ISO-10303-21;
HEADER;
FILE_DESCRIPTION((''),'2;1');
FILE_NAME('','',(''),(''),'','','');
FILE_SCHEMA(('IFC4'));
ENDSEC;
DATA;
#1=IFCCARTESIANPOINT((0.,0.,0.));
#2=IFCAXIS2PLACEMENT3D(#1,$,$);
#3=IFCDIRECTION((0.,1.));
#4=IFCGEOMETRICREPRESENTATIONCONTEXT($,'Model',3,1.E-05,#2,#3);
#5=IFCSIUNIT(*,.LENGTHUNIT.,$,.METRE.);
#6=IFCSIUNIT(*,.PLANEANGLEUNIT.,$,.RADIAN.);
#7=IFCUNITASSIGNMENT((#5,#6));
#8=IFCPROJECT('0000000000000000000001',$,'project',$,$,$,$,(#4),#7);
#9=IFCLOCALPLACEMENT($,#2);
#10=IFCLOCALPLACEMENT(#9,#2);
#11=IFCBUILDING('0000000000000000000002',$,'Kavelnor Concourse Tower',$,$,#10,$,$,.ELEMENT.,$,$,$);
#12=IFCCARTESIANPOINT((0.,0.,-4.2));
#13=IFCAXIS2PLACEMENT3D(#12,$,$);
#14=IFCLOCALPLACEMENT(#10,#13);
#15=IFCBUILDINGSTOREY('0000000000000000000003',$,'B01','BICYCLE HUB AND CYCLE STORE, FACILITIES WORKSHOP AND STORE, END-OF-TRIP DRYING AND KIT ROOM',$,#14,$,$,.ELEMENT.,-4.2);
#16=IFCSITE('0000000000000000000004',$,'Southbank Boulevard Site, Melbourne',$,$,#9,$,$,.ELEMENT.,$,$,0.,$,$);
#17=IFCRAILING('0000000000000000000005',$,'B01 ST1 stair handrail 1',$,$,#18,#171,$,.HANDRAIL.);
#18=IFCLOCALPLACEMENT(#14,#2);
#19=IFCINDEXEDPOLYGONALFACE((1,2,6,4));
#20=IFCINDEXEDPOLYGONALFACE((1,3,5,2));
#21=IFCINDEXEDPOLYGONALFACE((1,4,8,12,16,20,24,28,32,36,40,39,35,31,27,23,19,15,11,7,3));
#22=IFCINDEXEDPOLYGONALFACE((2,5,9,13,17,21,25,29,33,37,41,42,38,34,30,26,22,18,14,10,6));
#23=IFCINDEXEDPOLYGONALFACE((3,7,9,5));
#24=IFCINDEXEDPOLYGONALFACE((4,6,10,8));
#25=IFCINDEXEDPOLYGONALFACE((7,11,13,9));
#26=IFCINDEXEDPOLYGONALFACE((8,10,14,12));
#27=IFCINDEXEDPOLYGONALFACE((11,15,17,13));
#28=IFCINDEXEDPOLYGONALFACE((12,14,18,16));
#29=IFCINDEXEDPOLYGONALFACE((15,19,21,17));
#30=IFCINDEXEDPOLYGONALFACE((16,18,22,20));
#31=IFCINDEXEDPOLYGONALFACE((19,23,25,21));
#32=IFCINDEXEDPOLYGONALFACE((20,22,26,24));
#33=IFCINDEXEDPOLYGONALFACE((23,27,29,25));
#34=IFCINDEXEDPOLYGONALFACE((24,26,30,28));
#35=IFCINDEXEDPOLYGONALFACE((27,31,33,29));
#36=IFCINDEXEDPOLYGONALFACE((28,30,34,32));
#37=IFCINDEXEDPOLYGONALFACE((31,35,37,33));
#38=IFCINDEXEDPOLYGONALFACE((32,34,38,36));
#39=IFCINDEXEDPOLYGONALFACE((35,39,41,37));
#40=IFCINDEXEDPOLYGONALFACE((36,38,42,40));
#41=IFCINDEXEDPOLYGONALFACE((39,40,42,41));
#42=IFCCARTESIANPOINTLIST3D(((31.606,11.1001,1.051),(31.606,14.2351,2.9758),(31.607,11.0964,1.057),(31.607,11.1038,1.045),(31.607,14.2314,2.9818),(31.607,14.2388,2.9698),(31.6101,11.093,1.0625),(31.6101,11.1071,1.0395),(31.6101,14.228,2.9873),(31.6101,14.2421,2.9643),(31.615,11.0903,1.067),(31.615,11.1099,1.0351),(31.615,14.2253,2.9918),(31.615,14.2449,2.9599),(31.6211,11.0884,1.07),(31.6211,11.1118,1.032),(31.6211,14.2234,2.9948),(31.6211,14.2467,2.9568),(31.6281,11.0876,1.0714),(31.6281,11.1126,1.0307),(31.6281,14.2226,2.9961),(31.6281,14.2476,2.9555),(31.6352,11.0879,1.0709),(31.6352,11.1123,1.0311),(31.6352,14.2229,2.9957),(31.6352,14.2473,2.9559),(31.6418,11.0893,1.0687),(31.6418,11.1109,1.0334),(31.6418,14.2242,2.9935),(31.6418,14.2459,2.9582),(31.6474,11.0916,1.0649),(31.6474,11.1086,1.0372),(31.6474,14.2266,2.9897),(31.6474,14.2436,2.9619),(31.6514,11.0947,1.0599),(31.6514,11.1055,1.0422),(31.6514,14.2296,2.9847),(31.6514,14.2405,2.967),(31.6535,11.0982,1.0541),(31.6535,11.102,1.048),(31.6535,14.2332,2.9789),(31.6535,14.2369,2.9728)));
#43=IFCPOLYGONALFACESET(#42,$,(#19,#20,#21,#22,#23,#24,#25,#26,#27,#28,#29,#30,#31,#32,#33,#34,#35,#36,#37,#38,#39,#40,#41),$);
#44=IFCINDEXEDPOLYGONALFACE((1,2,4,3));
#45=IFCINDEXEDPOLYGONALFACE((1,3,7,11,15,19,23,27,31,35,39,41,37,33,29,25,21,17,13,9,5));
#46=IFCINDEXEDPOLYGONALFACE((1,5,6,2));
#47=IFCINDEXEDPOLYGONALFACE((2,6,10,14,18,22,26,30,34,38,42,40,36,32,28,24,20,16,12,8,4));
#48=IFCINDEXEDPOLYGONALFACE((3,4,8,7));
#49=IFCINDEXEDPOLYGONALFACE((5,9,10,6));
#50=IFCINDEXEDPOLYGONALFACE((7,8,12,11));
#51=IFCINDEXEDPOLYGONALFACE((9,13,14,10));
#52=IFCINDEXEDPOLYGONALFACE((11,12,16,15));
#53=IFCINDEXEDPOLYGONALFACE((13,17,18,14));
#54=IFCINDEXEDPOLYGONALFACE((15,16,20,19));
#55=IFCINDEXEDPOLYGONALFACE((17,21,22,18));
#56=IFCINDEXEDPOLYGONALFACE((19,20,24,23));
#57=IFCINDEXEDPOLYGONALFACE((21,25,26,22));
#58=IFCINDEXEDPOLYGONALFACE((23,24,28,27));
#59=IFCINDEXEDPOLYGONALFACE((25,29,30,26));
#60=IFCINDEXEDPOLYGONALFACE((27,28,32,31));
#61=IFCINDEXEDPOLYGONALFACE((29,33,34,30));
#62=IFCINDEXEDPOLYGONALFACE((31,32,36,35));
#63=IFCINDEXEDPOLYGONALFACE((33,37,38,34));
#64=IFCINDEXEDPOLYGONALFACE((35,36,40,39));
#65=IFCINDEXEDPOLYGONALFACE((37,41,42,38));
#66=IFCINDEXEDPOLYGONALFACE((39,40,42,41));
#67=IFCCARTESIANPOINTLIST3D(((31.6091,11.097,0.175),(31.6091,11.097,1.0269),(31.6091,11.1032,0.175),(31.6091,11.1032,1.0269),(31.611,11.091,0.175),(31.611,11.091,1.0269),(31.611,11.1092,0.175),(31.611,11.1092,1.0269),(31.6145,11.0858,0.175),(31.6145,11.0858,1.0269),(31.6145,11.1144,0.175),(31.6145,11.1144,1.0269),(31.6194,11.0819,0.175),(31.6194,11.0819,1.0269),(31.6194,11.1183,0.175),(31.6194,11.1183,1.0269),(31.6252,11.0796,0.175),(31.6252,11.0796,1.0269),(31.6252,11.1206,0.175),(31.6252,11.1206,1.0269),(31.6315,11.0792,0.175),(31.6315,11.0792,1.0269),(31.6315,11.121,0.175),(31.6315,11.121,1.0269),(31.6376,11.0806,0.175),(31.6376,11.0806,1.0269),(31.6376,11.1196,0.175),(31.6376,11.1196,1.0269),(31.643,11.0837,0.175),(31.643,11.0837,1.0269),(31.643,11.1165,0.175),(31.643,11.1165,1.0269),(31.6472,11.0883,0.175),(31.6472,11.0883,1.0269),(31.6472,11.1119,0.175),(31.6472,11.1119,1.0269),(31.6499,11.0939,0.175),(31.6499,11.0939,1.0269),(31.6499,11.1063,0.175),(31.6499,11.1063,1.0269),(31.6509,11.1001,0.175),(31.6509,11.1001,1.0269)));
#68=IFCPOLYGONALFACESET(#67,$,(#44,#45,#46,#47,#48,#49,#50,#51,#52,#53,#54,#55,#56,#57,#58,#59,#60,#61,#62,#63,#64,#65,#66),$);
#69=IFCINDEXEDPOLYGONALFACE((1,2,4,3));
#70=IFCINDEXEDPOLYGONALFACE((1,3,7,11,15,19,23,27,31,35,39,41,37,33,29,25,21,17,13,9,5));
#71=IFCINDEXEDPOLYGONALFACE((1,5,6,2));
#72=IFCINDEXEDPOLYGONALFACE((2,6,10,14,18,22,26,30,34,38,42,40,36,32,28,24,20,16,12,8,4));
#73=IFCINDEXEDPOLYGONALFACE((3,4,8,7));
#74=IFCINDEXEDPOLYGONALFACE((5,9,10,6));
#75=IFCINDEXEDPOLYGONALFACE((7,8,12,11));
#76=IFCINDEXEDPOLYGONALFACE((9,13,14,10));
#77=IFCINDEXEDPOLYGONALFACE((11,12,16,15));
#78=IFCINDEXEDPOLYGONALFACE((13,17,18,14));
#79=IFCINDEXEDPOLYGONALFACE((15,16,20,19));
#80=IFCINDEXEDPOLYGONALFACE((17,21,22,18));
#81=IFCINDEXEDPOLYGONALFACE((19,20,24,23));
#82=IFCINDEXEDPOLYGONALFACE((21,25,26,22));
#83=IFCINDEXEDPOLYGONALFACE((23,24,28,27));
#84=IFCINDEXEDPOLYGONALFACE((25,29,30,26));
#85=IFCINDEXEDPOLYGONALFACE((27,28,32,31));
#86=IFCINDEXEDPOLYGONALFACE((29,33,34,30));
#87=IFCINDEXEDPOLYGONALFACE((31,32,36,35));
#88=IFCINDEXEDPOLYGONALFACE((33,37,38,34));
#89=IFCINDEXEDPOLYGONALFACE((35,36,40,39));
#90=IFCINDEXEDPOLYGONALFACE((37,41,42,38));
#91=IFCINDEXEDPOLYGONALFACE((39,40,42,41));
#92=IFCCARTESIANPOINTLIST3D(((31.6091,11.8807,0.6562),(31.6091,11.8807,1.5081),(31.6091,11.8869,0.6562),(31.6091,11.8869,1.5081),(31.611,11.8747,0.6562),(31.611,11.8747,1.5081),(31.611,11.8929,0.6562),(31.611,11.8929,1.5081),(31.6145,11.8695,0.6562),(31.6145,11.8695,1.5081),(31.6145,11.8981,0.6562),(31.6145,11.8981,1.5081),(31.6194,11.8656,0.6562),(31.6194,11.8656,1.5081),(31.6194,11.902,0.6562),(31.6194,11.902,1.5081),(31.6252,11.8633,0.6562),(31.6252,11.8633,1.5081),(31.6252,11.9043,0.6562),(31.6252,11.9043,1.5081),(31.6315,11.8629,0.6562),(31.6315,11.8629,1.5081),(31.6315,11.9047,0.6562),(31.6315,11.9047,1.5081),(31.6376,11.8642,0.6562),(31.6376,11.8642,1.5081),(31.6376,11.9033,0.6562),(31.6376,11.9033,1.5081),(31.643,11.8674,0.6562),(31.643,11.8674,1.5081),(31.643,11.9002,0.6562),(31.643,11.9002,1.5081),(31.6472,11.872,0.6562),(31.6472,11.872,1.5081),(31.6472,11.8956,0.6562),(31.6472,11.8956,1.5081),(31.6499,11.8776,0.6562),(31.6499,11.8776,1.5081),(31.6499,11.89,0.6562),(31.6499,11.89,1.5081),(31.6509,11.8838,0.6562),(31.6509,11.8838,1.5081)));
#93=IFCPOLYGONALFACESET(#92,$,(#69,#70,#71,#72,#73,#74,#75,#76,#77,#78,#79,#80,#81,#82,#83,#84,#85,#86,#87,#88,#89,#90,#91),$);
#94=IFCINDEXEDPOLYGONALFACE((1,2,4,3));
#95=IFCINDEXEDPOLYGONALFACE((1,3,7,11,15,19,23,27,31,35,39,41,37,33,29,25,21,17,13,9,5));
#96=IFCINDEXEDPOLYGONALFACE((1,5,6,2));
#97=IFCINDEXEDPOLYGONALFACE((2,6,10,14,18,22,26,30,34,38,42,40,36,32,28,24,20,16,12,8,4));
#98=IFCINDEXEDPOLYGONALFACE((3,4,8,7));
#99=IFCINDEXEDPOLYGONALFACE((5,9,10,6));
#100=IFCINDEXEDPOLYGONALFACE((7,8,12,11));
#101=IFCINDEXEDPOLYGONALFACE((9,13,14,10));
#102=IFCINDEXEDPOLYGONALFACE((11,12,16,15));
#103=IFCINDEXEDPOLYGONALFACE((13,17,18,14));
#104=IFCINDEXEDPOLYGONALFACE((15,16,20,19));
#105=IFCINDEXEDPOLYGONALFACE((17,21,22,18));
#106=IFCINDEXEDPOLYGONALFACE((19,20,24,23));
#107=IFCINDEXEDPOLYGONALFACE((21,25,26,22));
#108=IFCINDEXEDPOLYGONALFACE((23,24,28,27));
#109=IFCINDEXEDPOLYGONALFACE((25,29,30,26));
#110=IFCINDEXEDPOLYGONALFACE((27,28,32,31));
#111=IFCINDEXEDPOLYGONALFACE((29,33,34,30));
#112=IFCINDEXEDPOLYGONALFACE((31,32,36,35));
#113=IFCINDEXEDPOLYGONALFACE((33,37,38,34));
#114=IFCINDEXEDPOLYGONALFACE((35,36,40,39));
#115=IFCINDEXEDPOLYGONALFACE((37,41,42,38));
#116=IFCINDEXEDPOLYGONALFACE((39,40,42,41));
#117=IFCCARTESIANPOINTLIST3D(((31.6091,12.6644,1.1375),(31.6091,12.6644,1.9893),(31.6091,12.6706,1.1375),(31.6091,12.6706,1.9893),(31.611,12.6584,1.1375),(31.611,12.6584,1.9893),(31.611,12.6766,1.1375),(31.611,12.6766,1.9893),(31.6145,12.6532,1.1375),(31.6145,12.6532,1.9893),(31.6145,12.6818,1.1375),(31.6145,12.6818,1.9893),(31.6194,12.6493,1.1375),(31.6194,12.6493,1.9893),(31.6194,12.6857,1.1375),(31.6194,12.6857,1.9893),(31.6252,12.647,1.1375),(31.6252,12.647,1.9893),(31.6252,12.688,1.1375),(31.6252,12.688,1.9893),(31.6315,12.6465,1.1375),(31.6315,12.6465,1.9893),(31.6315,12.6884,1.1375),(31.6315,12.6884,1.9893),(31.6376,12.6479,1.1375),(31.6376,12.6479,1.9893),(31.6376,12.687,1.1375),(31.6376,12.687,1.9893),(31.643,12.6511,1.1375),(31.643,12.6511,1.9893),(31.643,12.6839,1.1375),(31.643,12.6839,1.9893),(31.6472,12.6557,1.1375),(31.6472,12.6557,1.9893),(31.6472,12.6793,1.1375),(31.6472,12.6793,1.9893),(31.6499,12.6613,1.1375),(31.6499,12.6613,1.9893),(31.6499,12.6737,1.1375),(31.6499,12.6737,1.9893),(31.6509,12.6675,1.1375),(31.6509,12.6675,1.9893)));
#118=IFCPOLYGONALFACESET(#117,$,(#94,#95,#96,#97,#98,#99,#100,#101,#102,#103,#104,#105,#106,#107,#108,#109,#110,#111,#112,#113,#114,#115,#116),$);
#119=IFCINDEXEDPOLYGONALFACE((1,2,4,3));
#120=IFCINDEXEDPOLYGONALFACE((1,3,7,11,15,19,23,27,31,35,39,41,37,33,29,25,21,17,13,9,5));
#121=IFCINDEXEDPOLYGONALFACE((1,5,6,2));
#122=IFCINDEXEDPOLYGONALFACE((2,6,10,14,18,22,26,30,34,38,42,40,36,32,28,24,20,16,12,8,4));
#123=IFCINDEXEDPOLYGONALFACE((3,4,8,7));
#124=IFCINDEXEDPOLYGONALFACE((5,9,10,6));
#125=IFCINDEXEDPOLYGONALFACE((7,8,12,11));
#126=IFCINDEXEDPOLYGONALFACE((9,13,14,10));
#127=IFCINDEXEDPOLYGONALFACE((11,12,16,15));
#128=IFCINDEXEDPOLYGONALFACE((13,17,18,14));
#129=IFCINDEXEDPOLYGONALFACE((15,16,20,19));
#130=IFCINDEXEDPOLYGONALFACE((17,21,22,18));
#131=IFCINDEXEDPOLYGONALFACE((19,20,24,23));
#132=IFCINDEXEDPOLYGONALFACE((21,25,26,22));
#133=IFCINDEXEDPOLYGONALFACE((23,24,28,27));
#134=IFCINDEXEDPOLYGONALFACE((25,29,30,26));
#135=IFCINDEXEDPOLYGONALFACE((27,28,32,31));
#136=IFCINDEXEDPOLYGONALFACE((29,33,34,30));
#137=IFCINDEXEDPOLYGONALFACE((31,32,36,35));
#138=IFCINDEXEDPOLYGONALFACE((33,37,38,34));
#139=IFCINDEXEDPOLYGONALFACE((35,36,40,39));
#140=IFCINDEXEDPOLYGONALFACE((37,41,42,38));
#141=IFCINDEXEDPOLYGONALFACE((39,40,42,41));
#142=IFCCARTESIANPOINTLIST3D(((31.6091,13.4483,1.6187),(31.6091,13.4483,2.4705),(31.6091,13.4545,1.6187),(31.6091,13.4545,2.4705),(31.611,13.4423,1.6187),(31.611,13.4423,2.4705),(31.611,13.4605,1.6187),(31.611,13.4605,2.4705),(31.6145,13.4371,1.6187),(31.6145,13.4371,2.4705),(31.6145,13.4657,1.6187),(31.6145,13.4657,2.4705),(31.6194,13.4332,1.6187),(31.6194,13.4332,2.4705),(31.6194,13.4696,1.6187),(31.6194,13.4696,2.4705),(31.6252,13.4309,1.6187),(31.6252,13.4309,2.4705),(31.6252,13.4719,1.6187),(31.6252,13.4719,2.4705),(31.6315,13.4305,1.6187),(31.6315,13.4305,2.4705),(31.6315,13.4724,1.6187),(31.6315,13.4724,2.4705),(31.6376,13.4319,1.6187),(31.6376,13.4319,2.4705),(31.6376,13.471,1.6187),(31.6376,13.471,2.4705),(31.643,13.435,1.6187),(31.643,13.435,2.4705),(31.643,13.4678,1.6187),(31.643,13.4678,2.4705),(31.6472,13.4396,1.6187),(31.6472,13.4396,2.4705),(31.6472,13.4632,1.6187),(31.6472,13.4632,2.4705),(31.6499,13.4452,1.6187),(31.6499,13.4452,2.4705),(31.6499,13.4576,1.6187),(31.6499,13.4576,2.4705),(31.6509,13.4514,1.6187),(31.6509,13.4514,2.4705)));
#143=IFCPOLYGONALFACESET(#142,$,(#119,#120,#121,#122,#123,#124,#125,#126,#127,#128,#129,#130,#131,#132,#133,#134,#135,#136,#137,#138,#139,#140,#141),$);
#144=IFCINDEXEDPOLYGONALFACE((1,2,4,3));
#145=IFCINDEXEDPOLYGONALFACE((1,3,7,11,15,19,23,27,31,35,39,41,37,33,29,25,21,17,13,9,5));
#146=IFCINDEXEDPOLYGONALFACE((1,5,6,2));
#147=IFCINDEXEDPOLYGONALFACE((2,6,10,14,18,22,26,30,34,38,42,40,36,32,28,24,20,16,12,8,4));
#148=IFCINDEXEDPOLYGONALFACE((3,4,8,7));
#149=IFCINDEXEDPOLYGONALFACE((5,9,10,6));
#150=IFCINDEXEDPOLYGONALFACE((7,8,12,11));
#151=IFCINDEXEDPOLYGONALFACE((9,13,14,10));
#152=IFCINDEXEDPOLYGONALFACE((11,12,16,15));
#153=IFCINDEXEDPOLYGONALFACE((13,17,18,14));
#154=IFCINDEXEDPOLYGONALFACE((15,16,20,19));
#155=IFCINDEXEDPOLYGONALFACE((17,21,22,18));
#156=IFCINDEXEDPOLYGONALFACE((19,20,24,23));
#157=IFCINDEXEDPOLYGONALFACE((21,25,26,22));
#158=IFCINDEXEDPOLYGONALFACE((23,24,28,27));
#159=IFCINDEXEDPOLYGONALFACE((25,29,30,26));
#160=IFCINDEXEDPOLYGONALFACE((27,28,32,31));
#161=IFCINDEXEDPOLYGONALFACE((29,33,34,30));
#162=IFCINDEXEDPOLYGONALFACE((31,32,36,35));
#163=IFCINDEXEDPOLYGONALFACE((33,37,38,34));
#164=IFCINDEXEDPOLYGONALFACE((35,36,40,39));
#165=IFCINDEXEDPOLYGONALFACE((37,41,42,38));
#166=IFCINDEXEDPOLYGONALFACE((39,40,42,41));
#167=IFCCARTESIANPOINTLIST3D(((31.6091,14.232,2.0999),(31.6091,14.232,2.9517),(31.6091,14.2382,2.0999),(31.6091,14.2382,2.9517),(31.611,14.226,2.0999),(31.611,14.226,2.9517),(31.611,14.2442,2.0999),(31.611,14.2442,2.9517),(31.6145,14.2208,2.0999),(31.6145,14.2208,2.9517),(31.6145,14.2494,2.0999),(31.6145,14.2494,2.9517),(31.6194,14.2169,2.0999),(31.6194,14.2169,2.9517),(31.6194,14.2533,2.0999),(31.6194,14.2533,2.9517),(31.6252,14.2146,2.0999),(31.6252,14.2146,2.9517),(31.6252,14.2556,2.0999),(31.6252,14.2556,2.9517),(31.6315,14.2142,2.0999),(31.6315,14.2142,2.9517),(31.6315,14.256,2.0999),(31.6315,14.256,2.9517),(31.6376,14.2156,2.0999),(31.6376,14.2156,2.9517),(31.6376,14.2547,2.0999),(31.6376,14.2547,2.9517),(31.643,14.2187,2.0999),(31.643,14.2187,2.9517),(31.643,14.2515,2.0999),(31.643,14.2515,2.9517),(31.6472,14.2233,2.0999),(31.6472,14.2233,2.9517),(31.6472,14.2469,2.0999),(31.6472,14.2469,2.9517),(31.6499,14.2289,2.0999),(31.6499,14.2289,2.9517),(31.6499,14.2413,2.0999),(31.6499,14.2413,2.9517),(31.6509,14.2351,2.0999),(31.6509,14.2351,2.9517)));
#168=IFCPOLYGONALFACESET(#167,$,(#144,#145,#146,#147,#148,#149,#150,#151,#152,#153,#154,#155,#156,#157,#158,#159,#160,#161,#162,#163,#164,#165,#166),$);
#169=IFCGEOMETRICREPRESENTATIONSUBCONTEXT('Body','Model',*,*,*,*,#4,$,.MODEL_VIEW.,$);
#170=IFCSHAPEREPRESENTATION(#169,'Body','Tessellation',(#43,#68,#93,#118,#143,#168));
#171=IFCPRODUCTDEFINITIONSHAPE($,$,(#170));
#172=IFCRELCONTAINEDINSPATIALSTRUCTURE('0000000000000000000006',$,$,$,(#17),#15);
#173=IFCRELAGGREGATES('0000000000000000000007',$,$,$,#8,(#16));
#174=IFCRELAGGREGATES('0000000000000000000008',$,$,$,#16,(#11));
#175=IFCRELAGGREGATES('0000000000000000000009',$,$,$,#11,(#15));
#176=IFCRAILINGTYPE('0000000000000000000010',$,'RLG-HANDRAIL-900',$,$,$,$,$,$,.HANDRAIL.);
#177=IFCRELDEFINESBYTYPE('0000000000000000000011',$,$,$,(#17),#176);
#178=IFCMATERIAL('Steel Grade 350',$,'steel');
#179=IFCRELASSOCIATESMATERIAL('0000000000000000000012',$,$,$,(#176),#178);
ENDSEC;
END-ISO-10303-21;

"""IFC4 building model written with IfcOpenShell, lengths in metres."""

from ifc_helpers import new_model, si_unit, direction, frame, origin, origin_2d, place, context, subcontext, project, spatial, circle, extrude, material, type_object, element, save


model = new_model("IFC4")

# Units and contexts
model_context = context("Model", 3, precision=1e-05, world=origin(), true_north=direction((0.0, 1.0)))
body_context = subcontext(model_context, "Body", "Model", "MODEL_VIEW")
ifc_project = project(units=[si_unit("LENGTHUNIT", "METRE"), si_unit("PLANEANGLEUNIT", "RADIAN")], contexts=[model_context])

# Site, building, storey
site_placement = place(None, origin())
site = spatial("IfcSite", under=ifc_project, at=site_placement, Name="Southbank Boulevard Site, Melbourne", CompositionType="ELEMENT", RefElevation=0.0)
building_placement = place(site_placement, origin())
building = spatial("IfcBuilding", under=site, at=building_placement, Name="Kavelnor Concourse Tower", CompositionType="ELEMENT")
storey_placement = place(building_placement, frame((0.0, 0.0, -4.2)))
storey = spatial("IfcBuildingStorey", under=building, at=storey_placement, Name="B01", Description="BICYCLE HUB AND CYCLE STORE, FACILITIES WORKSHOP AND STORE, END-OF-TRIP DRYING AND KIT ROOM", CompositionType="ELEMENT", Elevation=-4.2)

# Shared definitions
ifc_material_1 = material(Name="Steel Grade 350", Category="steel")

# Railing
railing_type_1 = type_object("IfcRailingType", Name="RLG-HANDRAIL-900", PredefinedType="HANDRAIL", material=ifc_material_1)
railing_1_placement = place(storey_placement, frame((31.6299, 11.1001, 0.175)))
element("IfcRailing", 1, at=railing_1_placement, inside=storey, type_object=railing_type_1, Name="B01 ST1 stair handrail 1", PredefinedType="HANDRAIL", context=body_context, shape_type="SweptSolid", body=[
    extrude(circle(Radius=0.0239, at=origin_2d()), frame((0.0, 0.0, 0.876), z_axis=(0.0, 0.852196, 0.523223), x_axis=(-1.0, 0.0, 0.0)), (0.0, 0.0, 1.0), 3.6787),
    extrude(circle(Radius=0.021, at=origin_2d()), origin(), (0.0, 0.0, 1.0), 0.8518),
    extrude(circle(Radius=0.021, at=origin_2d()), frame((0.0, 0.7837, 0.4812)), (0.0, 0.0, 1.0), 0.8518),
    extrude(circle(Radius=0.021, at=origin_2d()), frame((0.0, 1.5674, 0.9624)), (0.0, 0.0, 1.0), 0.8518),
    extrude(circle(Radius=0.021, at=origin_2d()), frame((0.0, 2.3513, 1.4436)), (0.0, 0.0, 1.0), 0.8518),
    extrude(circle(Radius=0.021, at=origin_2d()), frame((0.0, 3.135, 1.9248)), (0.0, 0.0, 1.0), 0.8518),
])

save(model, "model.ifc")
